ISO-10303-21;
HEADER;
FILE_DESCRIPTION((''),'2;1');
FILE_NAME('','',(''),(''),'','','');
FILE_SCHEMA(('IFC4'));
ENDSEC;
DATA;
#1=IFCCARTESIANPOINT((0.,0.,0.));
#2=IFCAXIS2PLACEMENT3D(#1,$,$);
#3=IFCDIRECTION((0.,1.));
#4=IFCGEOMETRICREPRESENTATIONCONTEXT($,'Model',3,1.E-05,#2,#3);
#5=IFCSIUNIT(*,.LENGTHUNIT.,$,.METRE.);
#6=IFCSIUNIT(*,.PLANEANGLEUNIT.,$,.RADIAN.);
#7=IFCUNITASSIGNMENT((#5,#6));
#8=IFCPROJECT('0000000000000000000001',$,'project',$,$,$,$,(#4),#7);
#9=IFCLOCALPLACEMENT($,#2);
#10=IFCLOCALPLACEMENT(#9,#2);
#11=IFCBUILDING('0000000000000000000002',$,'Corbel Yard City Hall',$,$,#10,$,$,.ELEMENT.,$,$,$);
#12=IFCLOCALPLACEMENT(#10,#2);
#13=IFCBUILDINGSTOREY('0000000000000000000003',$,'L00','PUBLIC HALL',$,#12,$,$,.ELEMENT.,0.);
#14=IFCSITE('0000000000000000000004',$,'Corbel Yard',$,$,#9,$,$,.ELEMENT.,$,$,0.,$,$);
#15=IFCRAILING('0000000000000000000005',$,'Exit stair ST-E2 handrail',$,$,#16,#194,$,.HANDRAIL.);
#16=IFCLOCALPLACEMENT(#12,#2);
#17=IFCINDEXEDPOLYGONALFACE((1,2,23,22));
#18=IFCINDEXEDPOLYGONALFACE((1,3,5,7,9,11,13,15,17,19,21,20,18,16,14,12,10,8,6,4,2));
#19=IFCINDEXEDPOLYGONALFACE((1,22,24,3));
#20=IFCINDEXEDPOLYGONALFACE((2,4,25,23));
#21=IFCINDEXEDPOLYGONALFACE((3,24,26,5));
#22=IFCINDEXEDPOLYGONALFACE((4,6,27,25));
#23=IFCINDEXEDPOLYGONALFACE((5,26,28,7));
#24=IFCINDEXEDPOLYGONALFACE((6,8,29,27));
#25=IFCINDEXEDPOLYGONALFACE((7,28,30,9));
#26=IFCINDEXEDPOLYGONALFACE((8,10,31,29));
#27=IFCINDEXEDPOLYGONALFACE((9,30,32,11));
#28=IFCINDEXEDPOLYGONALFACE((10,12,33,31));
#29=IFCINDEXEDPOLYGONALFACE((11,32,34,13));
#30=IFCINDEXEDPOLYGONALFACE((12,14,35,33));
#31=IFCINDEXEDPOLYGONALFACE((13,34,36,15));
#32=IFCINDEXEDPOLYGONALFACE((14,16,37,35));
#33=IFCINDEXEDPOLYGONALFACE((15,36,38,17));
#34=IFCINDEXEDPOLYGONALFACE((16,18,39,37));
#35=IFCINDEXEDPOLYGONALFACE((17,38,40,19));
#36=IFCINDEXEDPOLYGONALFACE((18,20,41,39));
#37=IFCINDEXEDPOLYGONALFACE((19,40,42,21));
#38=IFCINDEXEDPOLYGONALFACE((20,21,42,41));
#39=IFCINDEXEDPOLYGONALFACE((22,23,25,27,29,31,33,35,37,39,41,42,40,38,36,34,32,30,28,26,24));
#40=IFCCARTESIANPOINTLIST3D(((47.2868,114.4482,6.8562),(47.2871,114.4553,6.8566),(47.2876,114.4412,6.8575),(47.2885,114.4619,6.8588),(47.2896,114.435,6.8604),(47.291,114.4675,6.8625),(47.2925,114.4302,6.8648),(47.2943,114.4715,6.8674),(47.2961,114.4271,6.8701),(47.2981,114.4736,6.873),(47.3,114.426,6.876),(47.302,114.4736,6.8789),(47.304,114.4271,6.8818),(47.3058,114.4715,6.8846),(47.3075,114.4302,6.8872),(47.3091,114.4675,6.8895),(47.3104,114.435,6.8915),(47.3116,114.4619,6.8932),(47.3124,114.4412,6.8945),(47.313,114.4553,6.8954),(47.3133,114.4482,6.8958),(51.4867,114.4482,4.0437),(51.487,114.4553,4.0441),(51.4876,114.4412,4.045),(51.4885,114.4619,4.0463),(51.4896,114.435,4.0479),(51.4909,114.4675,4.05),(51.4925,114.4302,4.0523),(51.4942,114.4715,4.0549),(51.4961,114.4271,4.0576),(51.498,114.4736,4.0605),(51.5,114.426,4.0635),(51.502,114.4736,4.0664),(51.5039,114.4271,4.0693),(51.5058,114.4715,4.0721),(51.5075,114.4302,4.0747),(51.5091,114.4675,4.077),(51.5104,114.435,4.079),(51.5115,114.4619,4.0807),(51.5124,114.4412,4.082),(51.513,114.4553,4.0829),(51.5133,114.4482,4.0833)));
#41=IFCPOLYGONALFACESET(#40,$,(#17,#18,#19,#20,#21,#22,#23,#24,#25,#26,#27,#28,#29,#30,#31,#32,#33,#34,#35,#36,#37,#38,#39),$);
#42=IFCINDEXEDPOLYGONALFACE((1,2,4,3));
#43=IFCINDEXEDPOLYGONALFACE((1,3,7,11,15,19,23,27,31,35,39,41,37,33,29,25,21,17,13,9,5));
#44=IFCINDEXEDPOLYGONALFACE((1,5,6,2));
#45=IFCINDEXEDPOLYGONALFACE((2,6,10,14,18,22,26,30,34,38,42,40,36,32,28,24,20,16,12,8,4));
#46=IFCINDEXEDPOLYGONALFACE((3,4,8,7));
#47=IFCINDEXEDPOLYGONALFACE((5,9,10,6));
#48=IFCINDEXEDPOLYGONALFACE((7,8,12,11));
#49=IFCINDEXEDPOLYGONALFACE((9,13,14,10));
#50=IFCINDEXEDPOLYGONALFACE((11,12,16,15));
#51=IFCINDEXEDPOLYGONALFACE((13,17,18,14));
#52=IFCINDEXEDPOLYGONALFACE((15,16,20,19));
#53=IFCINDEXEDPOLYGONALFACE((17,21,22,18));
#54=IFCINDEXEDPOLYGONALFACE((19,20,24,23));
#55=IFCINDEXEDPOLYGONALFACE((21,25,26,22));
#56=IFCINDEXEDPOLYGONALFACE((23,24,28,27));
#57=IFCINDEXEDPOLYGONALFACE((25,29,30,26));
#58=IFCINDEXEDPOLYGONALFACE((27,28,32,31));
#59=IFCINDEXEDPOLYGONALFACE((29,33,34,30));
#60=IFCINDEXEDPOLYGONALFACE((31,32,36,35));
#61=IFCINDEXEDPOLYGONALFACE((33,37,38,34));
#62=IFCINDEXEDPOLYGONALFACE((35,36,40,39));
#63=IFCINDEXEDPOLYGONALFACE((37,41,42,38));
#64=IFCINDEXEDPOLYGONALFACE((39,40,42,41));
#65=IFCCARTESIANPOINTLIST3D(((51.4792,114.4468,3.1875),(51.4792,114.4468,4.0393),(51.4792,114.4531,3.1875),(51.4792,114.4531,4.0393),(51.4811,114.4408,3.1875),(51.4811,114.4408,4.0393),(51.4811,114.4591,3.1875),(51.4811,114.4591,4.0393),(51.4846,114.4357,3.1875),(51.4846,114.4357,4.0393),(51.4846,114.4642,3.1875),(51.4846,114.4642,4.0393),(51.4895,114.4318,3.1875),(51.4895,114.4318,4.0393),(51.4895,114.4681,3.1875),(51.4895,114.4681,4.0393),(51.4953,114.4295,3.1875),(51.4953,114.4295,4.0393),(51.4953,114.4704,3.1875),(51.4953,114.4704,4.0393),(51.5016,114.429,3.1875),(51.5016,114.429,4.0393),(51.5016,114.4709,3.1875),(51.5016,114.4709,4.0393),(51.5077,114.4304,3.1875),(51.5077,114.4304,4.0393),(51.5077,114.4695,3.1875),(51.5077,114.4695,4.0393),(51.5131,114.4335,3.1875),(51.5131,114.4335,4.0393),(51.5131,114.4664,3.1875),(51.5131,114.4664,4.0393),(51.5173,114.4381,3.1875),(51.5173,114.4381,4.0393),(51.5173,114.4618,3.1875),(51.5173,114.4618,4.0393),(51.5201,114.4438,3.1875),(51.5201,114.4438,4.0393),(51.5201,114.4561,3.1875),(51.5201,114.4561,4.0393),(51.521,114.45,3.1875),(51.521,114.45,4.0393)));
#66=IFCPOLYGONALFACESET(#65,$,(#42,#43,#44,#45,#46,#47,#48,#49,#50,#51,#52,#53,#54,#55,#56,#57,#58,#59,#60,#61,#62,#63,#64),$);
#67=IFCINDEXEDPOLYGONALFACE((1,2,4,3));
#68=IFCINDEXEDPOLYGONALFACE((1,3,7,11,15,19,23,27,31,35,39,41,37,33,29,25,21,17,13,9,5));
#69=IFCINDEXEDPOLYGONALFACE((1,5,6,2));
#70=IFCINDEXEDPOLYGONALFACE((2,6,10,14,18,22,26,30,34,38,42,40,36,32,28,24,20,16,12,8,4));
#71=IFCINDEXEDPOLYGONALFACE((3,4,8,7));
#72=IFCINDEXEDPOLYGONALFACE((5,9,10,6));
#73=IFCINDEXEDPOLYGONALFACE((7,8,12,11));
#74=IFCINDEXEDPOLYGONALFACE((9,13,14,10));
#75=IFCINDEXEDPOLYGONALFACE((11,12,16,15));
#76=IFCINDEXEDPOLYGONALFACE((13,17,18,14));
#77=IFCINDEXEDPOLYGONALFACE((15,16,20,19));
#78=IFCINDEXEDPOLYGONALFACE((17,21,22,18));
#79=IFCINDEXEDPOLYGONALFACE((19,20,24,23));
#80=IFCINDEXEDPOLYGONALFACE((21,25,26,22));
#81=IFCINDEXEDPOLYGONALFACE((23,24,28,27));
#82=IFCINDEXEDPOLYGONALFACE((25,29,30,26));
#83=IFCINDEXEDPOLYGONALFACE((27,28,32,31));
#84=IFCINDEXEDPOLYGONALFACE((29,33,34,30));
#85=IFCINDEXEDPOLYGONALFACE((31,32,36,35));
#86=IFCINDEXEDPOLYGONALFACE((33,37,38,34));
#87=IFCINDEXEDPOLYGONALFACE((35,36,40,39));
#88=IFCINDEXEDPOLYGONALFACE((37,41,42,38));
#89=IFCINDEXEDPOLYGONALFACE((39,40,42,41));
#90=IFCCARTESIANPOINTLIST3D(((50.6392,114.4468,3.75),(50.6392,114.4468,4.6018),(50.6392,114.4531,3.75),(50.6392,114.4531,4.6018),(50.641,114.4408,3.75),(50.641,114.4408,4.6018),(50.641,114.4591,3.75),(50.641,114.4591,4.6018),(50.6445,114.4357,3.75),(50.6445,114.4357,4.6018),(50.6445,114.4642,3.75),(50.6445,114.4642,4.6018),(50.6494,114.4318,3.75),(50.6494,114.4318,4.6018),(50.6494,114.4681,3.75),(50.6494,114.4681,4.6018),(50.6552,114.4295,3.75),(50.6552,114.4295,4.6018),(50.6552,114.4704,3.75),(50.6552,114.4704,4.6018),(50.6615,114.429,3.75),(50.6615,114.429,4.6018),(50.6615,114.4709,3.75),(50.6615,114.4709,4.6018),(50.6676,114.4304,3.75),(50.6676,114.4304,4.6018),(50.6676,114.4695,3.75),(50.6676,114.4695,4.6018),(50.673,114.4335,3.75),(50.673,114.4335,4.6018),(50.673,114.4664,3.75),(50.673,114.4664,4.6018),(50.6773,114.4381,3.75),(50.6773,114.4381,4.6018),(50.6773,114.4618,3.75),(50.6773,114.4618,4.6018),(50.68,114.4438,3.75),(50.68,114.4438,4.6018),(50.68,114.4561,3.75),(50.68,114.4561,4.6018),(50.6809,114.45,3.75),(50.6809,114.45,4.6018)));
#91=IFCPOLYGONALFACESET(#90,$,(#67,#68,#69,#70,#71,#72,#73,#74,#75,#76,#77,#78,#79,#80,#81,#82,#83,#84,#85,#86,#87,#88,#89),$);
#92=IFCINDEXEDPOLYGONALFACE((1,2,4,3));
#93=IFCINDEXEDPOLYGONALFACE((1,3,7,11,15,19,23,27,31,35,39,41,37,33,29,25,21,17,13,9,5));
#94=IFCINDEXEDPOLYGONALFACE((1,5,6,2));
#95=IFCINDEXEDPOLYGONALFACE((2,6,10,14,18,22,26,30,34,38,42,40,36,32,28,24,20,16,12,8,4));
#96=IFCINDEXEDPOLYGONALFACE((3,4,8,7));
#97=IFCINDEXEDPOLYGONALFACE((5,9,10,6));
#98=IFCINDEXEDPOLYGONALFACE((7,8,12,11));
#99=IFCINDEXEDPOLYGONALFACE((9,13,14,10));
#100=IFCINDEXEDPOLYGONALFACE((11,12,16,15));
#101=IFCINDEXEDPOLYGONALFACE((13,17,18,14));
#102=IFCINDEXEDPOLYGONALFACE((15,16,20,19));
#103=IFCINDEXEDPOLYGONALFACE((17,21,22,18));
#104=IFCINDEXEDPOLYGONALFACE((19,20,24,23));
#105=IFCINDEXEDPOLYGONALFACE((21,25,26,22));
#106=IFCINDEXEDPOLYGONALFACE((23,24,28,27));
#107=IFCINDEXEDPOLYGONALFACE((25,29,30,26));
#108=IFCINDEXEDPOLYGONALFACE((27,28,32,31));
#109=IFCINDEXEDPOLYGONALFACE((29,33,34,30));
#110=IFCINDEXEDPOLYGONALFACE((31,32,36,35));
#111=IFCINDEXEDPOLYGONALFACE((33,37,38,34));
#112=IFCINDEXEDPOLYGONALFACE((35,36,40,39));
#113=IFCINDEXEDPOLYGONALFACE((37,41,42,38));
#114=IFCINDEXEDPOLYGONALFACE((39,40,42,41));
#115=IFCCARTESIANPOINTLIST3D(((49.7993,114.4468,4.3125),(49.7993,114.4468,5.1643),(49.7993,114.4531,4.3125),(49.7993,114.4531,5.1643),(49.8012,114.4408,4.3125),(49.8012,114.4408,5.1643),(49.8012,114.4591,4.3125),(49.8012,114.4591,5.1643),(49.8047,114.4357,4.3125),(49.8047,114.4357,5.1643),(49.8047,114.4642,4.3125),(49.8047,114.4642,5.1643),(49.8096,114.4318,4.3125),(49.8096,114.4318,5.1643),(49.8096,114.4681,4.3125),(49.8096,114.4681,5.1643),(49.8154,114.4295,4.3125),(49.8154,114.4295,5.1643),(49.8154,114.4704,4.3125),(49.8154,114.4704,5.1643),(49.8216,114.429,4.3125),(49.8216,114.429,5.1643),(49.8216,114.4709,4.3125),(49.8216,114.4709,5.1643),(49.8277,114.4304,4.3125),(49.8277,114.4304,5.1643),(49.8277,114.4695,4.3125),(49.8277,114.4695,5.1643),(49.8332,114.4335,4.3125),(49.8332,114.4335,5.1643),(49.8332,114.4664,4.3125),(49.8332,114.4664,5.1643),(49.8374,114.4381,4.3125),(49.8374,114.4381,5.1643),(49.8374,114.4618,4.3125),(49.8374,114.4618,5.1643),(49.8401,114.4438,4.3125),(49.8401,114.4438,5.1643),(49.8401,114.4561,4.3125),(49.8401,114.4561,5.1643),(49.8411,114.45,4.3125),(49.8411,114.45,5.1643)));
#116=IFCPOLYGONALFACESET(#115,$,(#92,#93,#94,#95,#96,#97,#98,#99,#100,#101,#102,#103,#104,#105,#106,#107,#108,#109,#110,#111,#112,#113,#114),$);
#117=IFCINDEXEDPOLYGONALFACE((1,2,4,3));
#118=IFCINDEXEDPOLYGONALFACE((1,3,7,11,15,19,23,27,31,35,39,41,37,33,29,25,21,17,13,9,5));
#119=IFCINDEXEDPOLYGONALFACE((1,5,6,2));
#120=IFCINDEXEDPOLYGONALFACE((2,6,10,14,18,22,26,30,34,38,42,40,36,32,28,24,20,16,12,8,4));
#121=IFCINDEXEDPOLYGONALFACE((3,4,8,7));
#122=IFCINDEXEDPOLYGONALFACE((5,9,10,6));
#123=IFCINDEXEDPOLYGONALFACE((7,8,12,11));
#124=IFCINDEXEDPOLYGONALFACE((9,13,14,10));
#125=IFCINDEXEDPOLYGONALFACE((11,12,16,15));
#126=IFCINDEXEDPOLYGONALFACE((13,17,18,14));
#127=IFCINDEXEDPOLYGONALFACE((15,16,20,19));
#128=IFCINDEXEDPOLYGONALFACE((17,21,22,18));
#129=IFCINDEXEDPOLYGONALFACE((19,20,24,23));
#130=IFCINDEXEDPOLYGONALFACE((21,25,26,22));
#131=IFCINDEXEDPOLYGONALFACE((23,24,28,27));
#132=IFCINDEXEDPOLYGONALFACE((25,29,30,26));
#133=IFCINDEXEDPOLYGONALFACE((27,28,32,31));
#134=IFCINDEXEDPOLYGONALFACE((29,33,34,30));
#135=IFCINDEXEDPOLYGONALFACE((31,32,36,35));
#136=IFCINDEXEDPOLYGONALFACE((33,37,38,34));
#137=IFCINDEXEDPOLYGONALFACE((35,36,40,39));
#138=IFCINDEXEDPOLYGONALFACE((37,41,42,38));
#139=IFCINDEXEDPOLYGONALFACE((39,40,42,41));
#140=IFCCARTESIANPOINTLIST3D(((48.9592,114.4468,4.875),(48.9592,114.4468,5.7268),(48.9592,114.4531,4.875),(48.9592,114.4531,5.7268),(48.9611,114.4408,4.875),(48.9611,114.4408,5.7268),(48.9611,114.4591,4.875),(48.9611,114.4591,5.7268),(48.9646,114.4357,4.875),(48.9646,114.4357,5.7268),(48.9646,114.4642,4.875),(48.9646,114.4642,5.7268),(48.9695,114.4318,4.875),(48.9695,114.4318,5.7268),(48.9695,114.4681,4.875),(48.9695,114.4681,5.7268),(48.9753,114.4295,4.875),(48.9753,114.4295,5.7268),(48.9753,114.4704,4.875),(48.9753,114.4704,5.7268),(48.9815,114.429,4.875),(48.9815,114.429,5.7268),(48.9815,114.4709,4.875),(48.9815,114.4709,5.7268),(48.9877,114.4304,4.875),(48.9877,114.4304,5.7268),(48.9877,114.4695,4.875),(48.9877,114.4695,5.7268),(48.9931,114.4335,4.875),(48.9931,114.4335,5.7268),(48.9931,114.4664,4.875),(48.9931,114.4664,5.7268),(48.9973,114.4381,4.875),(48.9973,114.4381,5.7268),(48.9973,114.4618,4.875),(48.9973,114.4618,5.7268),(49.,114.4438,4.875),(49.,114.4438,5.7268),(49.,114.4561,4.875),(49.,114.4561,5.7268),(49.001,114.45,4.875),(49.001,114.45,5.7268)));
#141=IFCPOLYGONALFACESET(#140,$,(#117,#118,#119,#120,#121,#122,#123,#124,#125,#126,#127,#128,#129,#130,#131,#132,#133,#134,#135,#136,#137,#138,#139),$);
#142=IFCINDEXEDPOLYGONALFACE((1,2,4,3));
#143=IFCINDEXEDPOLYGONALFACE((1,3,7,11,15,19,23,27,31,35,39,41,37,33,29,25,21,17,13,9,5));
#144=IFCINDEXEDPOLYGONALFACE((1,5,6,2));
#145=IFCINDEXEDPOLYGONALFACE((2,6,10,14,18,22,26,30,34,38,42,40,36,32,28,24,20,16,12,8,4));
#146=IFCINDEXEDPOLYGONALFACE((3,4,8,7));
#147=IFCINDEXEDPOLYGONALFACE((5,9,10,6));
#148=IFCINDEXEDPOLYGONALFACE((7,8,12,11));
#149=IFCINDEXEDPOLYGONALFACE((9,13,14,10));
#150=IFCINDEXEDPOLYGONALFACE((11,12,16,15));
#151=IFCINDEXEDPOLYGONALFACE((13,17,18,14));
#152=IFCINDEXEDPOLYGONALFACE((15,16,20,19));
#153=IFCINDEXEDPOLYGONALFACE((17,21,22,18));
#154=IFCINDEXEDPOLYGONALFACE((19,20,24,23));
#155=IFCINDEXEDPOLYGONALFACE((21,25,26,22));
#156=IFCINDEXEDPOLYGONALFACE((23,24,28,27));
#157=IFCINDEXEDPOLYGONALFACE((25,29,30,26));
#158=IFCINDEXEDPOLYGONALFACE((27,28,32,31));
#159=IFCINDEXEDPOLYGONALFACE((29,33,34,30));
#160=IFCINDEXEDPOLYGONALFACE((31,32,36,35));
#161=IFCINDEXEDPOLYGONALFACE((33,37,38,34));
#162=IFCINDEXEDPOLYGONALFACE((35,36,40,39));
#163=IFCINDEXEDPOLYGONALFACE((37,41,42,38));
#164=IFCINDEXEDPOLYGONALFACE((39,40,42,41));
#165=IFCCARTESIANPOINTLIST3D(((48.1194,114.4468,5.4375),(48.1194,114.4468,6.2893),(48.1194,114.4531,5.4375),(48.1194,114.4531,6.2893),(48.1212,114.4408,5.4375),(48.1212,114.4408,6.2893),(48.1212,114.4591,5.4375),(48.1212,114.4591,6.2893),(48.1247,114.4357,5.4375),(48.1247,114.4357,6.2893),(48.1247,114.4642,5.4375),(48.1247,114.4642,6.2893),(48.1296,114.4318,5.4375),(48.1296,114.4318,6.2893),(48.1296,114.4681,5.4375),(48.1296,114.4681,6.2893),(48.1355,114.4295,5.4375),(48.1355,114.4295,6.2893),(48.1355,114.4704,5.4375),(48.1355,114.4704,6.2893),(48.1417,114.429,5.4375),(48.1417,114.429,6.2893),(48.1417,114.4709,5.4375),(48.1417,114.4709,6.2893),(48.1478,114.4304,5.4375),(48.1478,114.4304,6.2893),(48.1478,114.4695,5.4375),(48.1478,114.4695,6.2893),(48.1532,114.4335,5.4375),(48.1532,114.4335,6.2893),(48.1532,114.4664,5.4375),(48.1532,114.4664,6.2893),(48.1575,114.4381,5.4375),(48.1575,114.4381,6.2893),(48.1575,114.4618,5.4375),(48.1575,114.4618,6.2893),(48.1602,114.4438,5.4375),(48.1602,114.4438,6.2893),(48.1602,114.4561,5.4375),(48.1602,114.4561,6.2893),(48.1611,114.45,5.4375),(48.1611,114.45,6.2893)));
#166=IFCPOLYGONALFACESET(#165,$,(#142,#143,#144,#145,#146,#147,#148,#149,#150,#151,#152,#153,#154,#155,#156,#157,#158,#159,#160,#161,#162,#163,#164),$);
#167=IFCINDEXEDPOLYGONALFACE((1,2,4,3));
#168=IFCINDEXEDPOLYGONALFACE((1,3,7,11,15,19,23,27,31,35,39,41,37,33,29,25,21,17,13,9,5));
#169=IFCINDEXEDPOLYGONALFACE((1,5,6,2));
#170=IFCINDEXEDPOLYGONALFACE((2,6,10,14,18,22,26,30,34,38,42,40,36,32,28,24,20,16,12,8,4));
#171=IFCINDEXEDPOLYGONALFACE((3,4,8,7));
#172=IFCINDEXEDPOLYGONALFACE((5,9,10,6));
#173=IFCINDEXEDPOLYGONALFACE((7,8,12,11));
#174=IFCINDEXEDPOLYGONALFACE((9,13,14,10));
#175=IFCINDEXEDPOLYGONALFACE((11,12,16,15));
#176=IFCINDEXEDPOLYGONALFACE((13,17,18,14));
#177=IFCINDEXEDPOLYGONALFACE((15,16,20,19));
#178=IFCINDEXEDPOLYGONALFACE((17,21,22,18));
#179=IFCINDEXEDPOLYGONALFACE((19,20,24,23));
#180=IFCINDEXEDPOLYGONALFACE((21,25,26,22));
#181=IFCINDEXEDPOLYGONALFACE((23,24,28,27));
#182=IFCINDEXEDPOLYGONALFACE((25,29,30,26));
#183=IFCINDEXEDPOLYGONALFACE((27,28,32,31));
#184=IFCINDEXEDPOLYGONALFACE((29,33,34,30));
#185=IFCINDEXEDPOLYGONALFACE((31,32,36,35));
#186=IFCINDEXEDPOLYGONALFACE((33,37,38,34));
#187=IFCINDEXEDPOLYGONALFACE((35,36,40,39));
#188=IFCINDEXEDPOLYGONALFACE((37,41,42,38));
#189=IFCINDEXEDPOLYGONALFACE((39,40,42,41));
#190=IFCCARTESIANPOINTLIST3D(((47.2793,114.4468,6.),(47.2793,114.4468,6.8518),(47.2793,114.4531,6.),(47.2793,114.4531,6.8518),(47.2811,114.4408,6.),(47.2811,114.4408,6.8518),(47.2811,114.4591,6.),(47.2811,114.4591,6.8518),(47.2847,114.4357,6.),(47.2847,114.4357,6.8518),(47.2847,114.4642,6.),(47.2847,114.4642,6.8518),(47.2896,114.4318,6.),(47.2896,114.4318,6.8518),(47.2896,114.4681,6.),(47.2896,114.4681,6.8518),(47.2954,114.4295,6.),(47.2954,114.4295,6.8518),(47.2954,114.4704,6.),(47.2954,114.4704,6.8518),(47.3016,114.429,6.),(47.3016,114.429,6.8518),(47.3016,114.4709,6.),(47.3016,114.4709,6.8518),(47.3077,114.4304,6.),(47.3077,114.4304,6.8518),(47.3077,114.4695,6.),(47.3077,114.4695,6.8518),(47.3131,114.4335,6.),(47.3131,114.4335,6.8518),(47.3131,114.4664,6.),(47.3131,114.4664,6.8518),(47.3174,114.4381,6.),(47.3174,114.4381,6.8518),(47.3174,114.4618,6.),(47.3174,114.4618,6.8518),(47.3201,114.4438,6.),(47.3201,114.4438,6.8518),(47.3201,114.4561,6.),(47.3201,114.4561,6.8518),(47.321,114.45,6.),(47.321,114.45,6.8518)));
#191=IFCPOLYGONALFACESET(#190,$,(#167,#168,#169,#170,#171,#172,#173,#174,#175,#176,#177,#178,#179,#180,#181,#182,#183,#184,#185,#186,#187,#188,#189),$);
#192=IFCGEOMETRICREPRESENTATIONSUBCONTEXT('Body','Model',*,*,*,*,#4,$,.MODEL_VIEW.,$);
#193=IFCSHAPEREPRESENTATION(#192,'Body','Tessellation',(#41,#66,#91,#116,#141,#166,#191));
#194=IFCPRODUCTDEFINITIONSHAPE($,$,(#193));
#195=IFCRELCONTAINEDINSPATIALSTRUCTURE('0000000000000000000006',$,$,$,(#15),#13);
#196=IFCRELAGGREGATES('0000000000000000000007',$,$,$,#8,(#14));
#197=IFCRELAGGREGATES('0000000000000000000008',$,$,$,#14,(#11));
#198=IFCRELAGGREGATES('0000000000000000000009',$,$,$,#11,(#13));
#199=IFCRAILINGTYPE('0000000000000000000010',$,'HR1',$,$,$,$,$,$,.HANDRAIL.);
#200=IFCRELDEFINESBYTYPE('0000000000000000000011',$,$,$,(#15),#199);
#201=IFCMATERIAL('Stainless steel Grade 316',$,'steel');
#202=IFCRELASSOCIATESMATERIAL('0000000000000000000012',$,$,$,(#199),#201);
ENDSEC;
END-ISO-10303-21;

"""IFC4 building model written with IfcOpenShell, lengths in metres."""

from ifc_helpers import new_model, si_unit, direction, frame, origin, origin_2d, place, context, subcontext, project, spatial, circle, extrude, material, type_object, element, save


model = new_model("IFC4")

# Units and contexts
model_context = context("Model", 3, precision=1e-05, world=origin(), true_north=direction((0.0, 1.0)))
body_context = subcontext(model_context, "Body", "Model", "MODEL_VIEW")
ifc_project = project(units=[si_unit("LENGTHUNIT", "METRE"), si_unit("PLANEANGLEUNIT", "RADIAN")], contexts=[model_context])

# Site, building, storey
site_placement = place(None, origin())
site = spatial("IfcSite", under=ifc_project, at=site_placement, Name="Corbel Yard", CompositionType="ELEMENT", RefElevation=0.0)
building_placement = place(site_placement, origin())
building = spatial("IfcBuilding", under=site, at=building_placement, Name="Corbel Yard City Hall", CompositionType="ELEMENT")
storey_placement = place(building_placement, origin())
storey = spatial("IfcBuildingStorey", under=building, at=storey_placement, Name="L00", Description="PUBLIC HALL", CompositionType="ELEMENT", Elevation=0.0)

# Railing
ifc_material_1 = material(Name="Stainless steel Grade 316", Category="steel")
railing_type = type_object("IfcRailingType", Name="HR1", PredefinedType="HANDRAIL", material=ifc_material_1)
for number, where, name in (
    (1, (51.5, 114.45, 3.1875), "Exit stair ST-E2 handrail"),
):
    element("IfcRailing", number, at=place(storey_placement, frame(where)), inside=storey, type_object=railing_type, Name=name, PredefinedType="HANDRAIL", context=body_context, shape_type="SweptSolid", body=[
        extrude(circle(Radius=0.0239, at=origin_2d()), frame((0.0, 0.0, 0.876), z_axis=(-0.830904, 0.0, 0.556416), x_axis=(0.0, -1.0, 0.0)), (0.0, 0.0, 1.0), 5.0547),
        extrude(circle(Radius=0.021, at=origin_2d()), origin(), (0.0, 0.0, 1.0), 0.8518),
        extrude(circle(Radius=0.021, at=origin_2d()), frame((-0.8401, 0.0, 0.5625)), (0.0, 0.0, 1.0), 0.8518),
        extrude(circle(Radius=0.021, at=origin_2d()), frame((-1.6799, 0.0, 1.125)), (0.0, 0.0, 1.0), 0.8518),
        extrude(circle(Radius=0.021, at=origin_2d()), frame((-2.52, 0.0, 1.6875)), (0.0, 0.0, 1.0), 0.8518),
        extrude(circle(Radius=0.021, at=origin_2d()), frame((-3.3599, 0.0, 2.25)), (0.0, 0.0, 1.0), 0.8518),
        extrude(circle(Radius=0.021, at=origin_2d()), frame((-4.2, 0.0, 2.8125)), (0.0, 0.0, 1.0), 0.8518),
    ])

save(model, "model.ifc")
